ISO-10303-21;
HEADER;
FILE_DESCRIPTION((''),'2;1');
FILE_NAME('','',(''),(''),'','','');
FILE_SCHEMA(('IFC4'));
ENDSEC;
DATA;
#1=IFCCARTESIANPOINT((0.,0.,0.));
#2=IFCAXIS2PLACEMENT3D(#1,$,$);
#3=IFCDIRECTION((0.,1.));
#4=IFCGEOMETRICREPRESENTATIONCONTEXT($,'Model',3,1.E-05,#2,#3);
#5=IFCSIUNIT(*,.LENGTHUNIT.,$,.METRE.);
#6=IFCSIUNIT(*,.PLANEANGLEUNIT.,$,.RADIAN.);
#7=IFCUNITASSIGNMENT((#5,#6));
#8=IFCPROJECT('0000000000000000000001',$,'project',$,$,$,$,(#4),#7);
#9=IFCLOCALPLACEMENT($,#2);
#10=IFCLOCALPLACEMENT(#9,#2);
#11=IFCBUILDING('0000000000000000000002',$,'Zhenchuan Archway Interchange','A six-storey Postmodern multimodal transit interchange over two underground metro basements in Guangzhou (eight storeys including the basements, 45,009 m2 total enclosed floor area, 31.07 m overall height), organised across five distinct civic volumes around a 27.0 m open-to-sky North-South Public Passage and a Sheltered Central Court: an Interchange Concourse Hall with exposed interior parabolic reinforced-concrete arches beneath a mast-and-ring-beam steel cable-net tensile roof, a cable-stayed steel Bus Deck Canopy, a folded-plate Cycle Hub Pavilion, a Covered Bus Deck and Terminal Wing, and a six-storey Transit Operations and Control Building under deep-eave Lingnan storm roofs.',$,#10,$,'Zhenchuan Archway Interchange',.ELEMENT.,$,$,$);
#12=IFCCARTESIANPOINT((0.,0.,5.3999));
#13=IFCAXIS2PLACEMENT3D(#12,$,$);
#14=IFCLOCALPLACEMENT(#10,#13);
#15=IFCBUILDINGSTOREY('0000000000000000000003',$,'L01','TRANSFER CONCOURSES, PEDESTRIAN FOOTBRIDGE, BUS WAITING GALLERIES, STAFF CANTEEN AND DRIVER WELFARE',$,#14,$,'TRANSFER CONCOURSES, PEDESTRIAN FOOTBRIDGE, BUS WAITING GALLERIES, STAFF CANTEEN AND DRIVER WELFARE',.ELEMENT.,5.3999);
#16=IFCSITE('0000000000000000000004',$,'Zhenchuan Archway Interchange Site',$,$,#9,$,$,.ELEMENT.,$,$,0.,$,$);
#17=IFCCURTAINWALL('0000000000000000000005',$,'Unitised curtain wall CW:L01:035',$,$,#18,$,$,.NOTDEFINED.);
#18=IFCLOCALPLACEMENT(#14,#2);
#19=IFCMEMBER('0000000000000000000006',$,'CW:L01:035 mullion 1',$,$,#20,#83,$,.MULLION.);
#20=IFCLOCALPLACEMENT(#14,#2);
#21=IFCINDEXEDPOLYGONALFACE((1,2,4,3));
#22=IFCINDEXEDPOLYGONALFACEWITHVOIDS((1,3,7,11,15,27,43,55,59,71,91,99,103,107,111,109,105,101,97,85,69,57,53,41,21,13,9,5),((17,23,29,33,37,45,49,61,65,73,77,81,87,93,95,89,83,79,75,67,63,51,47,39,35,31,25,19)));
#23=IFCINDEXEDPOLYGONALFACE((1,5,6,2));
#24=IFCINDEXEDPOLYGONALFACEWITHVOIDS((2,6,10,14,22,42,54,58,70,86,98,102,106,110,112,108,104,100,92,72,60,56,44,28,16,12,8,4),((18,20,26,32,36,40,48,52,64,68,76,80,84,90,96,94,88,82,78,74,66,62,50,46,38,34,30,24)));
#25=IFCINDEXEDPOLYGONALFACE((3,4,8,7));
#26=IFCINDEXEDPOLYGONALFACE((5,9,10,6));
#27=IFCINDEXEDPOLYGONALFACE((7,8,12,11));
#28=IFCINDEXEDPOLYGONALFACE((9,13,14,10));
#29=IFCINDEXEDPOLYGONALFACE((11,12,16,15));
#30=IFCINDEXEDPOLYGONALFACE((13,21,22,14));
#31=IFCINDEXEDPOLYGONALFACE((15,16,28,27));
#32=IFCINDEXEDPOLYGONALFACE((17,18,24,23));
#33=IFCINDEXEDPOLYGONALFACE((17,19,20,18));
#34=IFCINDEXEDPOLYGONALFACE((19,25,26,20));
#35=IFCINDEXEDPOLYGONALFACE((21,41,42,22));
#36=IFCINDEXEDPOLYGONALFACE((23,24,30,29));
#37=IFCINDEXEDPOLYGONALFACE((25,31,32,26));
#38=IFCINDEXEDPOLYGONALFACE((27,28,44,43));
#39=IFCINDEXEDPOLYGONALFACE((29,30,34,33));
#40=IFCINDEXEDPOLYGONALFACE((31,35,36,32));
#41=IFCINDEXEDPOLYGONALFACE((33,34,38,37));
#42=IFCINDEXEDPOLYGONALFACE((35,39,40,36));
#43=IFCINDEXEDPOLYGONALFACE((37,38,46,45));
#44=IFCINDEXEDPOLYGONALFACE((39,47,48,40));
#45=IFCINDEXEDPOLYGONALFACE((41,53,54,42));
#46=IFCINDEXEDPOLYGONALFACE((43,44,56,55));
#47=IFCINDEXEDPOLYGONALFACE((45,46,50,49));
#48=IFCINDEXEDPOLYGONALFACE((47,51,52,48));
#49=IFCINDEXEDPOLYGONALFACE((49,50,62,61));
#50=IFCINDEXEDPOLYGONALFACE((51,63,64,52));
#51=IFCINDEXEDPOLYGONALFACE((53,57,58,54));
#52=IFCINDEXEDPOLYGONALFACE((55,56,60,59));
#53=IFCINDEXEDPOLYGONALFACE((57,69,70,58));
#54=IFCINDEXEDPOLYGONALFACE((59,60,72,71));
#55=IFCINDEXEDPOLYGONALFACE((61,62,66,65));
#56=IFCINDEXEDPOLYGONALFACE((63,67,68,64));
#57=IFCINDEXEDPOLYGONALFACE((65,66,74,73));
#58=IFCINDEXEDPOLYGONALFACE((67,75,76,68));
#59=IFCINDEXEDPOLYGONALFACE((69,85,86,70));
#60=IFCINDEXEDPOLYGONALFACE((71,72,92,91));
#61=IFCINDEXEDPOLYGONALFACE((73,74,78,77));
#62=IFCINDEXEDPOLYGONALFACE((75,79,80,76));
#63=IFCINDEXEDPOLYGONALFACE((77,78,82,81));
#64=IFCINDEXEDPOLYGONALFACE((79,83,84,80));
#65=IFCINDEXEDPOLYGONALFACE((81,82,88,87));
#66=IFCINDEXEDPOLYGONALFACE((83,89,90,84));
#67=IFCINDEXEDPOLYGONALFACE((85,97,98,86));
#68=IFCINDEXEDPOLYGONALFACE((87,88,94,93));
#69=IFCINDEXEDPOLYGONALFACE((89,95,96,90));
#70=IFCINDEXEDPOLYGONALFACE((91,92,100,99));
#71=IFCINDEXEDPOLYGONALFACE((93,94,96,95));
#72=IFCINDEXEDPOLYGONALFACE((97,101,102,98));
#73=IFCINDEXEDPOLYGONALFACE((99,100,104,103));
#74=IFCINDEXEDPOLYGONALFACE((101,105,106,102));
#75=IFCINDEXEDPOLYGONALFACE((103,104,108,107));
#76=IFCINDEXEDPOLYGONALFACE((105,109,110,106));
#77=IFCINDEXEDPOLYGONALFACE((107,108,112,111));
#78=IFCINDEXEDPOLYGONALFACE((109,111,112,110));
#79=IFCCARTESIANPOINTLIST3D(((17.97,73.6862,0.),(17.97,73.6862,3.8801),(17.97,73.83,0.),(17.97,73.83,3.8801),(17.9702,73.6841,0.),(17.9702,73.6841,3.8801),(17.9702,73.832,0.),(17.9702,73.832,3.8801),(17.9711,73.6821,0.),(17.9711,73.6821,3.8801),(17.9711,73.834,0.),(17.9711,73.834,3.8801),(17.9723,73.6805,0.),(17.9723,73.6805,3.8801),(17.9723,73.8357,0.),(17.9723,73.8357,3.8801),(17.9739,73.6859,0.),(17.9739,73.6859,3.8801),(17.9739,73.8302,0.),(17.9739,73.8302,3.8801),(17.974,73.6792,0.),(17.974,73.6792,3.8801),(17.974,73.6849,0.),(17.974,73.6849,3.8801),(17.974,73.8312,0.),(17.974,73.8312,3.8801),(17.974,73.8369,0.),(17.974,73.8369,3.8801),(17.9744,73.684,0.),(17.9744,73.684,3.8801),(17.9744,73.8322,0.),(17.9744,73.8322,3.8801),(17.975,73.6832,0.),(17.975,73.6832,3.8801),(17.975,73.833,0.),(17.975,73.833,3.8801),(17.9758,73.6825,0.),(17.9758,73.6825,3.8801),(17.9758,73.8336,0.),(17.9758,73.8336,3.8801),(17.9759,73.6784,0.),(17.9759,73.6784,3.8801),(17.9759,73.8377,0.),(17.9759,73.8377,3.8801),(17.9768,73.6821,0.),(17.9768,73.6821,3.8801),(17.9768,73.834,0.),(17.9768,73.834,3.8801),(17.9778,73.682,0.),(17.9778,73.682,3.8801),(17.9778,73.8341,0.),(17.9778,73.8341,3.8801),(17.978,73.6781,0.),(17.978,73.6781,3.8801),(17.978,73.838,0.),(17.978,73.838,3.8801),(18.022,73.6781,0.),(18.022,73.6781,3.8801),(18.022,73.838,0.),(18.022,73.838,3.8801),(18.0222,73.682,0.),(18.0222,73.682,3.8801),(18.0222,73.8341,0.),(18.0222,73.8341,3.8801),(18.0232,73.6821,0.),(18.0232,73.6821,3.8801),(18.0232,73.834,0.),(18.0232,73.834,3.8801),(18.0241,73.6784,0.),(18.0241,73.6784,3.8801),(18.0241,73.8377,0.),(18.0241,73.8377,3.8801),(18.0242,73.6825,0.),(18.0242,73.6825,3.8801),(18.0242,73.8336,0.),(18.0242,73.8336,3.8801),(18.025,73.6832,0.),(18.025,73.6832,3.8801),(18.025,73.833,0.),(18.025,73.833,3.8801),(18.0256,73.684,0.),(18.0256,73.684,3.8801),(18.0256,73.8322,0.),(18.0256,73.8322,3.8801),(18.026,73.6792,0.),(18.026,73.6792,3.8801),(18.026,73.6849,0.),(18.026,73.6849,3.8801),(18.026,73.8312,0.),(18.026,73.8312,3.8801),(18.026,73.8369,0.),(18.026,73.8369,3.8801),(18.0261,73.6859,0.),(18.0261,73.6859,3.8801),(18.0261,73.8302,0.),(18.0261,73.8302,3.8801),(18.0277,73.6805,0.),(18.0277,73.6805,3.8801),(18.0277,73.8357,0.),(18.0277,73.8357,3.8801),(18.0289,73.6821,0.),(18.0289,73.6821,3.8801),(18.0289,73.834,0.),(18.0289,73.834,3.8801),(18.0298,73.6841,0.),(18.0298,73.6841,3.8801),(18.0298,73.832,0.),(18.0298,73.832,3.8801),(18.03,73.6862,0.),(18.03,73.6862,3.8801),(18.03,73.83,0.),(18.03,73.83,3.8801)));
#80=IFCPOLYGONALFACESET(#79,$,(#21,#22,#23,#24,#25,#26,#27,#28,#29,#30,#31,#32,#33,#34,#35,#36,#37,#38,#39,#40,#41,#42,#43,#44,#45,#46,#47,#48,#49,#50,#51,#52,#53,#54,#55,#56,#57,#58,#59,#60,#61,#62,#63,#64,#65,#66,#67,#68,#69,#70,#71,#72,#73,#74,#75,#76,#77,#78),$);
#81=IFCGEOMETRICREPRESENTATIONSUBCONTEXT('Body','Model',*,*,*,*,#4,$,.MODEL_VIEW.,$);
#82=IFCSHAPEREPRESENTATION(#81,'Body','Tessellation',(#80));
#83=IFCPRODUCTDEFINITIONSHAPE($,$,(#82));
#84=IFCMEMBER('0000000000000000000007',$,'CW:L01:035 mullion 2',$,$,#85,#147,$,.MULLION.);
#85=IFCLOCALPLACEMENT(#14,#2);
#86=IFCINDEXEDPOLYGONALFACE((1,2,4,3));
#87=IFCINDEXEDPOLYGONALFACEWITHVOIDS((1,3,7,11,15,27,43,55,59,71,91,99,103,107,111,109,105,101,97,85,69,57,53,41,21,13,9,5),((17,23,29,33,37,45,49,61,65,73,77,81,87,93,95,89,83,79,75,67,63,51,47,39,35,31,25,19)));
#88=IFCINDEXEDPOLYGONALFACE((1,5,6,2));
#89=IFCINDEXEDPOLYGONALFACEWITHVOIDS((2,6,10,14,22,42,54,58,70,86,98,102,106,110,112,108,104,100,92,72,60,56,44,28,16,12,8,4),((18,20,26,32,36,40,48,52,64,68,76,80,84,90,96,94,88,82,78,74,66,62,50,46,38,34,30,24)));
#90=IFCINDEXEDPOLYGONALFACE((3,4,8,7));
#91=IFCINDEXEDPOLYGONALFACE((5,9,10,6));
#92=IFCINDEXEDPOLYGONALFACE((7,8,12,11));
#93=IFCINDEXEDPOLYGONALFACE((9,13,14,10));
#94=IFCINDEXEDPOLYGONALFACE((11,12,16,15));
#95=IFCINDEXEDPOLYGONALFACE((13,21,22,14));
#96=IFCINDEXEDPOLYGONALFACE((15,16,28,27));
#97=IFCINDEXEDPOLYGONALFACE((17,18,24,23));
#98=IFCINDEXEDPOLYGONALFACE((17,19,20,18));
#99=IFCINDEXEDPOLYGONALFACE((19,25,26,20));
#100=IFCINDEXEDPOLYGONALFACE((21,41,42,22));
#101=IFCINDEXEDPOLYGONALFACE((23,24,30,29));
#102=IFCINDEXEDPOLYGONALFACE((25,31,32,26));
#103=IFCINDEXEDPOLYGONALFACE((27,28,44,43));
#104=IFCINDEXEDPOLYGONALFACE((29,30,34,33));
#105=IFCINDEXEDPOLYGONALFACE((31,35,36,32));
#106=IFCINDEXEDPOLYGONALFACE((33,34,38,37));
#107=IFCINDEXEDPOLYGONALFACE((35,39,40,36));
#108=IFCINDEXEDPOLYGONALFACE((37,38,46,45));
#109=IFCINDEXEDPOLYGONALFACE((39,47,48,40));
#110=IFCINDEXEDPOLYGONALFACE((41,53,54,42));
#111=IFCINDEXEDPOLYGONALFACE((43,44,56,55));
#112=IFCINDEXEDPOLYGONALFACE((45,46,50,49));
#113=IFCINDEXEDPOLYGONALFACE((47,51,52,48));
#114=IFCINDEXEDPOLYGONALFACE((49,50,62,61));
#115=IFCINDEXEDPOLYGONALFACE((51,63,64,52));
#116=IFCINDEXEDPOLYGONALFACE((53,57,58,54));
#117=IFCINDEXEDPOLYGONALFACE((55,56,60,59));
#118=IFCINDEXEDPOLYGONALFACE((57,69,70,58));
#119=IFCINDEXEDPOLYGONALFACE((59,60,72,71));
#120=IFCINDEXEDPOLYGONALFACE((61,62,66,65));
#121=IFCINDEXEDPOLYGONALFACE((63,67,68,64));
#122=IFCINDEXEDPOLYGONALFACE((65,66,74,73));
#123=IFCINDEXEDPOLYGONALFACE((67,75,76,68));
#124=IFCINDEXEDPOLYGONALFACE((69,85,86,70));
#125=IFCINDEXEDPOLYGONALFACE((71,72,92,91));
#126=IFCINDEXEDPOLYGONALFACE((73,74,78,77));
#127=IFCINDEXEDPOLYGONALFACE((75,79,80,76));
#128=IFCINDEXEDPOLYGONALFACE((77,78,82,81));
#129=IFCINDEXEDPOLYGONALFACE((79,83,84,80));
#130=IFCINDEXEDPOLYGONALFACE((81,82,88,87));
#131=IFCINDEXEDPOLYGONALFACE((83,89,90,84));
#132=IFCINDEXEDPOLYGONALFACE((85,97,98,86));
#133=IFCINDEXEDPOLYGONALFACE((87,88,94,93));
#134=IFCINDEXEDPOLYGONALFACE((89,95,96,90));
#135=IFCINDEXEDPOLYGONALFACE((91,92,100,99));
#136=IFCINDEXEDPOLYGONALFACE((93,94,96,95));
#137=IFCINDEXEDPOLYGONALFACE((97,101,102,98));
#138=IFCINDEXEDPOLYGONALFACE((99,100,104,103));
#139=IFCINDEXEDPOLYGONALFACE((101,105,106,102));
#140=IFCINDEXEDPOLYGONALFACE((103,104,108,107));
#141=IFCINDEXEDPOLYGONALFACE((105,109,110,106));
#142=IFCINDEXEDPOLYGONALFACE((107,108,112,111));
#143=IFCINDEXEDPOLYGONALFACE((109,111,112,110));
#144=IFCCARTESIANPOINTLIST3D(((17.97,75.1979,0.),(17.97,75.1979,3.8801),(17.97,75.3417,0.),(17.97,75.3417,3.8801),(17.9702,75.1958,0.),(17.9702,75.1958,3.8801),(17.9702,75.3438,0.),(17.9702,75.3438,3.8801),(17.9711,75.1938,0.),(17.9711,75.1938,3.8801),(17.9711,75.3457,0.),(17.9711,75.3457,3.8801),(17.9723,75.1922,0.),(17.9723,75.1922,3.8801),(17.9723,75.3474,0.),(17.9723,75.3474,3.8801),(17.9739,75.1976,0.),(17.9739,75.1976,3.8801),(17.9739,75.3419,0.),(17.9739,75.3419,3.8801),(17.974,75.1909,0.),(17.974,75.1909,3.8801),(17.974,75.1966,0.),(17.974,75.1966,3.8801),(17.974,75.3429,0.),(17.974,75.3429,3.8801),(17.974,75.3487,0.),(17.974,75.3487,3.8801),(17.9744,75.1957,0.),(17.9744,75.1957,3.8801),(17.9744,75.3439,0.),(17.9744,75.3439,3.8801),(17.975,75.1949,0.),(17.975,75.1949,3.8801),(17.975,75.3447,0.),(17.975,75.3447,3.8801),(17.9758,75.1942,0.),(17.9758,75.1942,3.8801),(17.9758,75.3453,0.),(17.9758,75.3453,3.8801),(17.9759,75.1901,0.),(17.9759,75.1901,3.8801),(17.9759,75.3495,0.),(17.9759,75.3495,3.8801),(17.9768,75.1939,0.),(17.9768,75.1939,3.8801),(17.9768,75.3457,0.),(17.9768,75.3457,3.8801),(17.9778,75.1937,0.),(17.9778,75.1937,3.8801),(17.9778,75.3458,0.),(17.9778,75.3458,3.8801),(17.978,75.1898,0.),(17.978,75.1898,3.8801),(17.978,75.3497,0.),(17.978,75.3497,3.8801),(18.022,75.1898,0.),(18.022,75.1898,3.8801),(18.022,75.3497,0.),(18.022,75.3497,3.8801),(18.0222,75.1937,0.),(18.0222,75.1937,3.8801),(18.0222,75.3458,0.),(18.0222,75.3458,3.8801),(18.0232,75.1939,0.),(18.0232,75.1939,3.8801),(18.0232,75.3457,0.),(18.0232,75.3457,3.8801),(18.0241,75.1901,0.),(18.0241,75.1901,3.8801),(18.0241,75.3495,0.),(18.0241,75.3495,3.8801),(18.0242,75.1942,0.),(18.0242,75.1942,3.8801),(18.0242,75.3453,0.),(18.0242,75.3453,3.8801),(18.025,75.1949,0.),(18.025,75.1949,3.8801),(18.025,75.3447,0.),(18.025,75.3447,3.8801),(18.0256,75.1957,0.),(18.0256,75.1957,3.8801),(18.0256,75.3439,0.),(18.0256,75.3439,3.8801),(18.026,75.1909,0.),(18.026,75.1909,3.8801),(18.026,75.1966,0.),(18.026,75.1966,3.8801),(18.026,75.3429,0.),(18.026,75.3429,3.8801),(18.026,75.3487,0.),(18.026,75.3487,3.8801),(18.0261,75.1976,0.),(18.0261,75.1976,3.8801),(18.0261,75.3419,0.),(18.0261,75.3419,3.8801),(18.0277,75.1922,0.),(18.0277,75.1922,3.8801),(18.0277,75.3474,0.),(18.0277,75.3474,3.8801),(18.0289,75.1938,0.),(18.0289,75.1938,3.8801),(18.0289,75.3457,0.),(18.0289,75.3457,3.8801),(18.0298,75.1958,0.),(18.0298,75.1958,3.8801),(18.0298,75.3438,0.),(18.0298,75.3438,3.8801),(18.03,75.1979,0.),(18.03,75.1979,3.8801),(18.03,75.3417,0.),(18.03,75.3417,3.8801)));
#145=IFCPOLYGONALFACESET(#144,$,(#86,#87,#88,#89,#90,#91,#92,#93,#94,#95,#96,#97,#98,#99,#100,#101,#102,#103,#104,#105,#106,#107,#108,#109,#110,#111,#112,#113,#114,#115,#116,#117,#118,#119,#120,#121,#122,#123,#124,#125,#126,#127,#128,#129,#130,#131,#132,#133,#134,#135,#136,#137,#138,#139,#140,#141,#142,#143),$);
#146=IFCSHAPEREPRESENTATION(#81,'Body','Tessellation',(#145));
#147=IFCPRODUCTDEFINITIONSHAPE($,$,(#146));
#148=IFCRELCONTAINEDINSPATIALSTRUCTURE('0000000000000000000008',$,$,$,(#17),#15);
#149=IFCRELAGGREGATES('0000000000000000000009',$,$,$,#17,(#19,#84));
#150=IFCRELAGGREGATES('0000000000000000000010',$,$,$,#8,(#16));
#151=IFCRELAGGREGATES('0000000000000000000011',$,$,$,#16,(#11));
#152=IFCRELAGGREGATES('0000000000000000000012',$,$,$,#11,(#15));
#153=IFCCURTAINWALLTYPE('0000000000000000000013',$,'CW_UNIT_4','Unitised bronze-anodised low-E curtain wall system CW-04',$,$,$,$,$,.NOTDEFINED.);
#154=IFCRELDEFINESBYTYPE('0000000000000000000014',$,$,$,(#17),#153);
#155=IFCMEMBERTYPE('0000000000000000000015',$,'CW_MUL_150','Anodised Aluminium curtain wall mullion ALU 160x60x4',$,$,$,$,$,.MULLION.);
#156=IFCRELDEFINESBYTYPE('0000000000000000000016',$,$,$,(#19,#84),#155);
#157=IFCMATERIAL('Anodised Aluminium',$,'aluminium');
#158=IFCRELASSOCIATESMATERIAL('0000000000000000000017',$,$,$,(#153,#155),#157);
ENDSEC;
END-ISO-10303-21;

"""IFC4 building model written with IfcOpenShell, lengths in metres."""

from ifc_helpers import new_model, si_unit, direction, frame, origin, origin_2d, place, context, subcontext, project, spatial, hollow_rectangle, extrude, material, material_profile, profile_set, type_object, element, aggregate, save


model = new_model("IFC4")

# Units and contexts
model_context = context("Model", 3, precision=1e-05, world=origin(), true_north=direction((0.0, 1.0)))
body_context = subcontext(model_context, "Body", "Model", "MODEL_VIEW")
ifc_project = project(units=[si_unit("LENGTHUNIT", "METRE"), si_unit("PLANEANGLEUNIT", "RADIAN")], contexts=[model_context])

# Site, building, storey
site_placement = place(None, origin())
site = spatial("IfcSite", under=ifc_project, at=site_placement, Name="Zhenchuan Archway Interchange Site", CompositionType="ELEMENT", RefElevation=0.0)
building_placement = place(site_placement, origin())
building = spatial("IfcBuilding", under=site, at=building_placement, Name="Zhenchuan Archway Interchange", Description="A six-storey Postmodern multimodal transit interchange over two underground metro basements in Guangzhou (eight storeys including the basements, 45,009 m2 total enclosed floor area, 31.07 m overall height), organised across five distinct civic volumes around a 27.0 m open-to-sky North-South Public Passage and a Sheltered Central Court: an Interchange Concourse Hall with exposed interior parabolic reinforced-concrete arches beneath a mast-and-ring-beam steel cable-net tensile roof, a cable-stayed steel Bus Deck Canopy, a folded-plate Cycle Hub Pavilion, a Covered Bus Deck and Terminal Wing, and a six-storey Transit Operations and Control Building under deep-eave Lingnan storm roofs.", LongName="Zhenchuan Archway Interchange", CompositionType="ELEMENT")
storey_placement = place(building_placement, frame((0.0, 0.0, 5.3999)))
storey = spatial("IfcBuildingStorey", under=building, at=storey_placement, Name="L01", Description="TRANSFER CONCOURSES, PEDESTRIAN FOOTBRIDGE, BUS WAITING GALLERIES, STAFF CANTEEN AND DRIVER WELFARE", LongName="TRANSFER CONCOURSES, PEDESTRIAN FOOTBRIDGE, BUS WAITING GALLERIES, STAFF CANTEEN AND DRIVER WELFARE", CompositionType="ELEMENT", Elevation=5.3999)

# Curtain wall, members
ifc_material_1 = material(Name="Anodised Aluminium", Category="aluminium")
curtain_wall_type = type_object("IfcCurtainWallType", Name="CW_UNIT_4", Description="Unitised bronze-anodised low-E curtain wall system CW-04", PredefinedType="NOTDEFINED", material=ifc_material_1)
curtain_wall_placement = place(storey_placement, origin())
curtain_wall = element("IfcCurtainWall", 1, at=curtain_wall_placement, inside=storey, type_object=curtain_wall_type, Name="Unitised curtain wall CW:L01:035", PredefinedType="NOTDEFINED")
ifc_material_profile_1 = material_profile(ifc_material_1, hollow_rectangle(XDim=0.0601, YDim=0.1599, WallThickness=0.0039, InnerFilletRadius=0.0039, OuterFilletRadius=0.0081, at=origin_2d()), Name="ALU 160x60x4")
ifc_profile_set_1 = profile_set([ifc_material_profile_1], Name="Anodised Aluminium")
member_type_1 = type_object("IfcMemberType", Name="CW_MUL_150", Description="Anodised Aluminium curtain wall mullion ALU 160x60x4", PredefinedType="MULLION", material=ifc_profile_set_1)
member_1_placement = place(storey_placement, frame((18.0, 73.7581, 0.0), z_axis=(0.0, 0.0, 1.0), x_axis=(1.0, 0.0, 0.0)))
member_1 = element("IfcMember", 2, at=member_1_placement, type_object=member_type_1, Name="CW:L01:035 mullion 1", PredefinedType="MULLION", context=body_context, shape_type="SweptSolid", body=[
    extrude(hollow_rectangle(XDim=0.0601, YDim=0.1599, WallThickness=0.0039, InnerFilletRadius=0.0039, OuterFilletRadius=0.0081, at=origin_2d()), origin(), (0.0, 0.0, 1.0), 3.8801),
])
member_2_placement = place(storey_placement, frame((18.0, 75.2698, 0.0), z_axis=(0.0, 0.0, 1.0), x_axis=(1.0, 0.0, 0.0)))
member_2 = element("IfcMember", 3, at=member_2_placement, type_object=member_type_1, Name="CW:L01:035 mullion 2", PredefinedType="MULLION", context=body_context, shape_type="SweptSolid", body=[
    extrude(hollow_rectangle(XDim=0.0601, YDim=0.1599, WallThickness=0.0039, InnerFilletRadius=0.0039, OuterFilletRadius=0.0081, at=origin_2d()), origin(), (0.0, 0.0, 1.0), 3.8801),
])
aggregate(curtain_wall, [member_1, member_2])

save(model, "model.ifc")
